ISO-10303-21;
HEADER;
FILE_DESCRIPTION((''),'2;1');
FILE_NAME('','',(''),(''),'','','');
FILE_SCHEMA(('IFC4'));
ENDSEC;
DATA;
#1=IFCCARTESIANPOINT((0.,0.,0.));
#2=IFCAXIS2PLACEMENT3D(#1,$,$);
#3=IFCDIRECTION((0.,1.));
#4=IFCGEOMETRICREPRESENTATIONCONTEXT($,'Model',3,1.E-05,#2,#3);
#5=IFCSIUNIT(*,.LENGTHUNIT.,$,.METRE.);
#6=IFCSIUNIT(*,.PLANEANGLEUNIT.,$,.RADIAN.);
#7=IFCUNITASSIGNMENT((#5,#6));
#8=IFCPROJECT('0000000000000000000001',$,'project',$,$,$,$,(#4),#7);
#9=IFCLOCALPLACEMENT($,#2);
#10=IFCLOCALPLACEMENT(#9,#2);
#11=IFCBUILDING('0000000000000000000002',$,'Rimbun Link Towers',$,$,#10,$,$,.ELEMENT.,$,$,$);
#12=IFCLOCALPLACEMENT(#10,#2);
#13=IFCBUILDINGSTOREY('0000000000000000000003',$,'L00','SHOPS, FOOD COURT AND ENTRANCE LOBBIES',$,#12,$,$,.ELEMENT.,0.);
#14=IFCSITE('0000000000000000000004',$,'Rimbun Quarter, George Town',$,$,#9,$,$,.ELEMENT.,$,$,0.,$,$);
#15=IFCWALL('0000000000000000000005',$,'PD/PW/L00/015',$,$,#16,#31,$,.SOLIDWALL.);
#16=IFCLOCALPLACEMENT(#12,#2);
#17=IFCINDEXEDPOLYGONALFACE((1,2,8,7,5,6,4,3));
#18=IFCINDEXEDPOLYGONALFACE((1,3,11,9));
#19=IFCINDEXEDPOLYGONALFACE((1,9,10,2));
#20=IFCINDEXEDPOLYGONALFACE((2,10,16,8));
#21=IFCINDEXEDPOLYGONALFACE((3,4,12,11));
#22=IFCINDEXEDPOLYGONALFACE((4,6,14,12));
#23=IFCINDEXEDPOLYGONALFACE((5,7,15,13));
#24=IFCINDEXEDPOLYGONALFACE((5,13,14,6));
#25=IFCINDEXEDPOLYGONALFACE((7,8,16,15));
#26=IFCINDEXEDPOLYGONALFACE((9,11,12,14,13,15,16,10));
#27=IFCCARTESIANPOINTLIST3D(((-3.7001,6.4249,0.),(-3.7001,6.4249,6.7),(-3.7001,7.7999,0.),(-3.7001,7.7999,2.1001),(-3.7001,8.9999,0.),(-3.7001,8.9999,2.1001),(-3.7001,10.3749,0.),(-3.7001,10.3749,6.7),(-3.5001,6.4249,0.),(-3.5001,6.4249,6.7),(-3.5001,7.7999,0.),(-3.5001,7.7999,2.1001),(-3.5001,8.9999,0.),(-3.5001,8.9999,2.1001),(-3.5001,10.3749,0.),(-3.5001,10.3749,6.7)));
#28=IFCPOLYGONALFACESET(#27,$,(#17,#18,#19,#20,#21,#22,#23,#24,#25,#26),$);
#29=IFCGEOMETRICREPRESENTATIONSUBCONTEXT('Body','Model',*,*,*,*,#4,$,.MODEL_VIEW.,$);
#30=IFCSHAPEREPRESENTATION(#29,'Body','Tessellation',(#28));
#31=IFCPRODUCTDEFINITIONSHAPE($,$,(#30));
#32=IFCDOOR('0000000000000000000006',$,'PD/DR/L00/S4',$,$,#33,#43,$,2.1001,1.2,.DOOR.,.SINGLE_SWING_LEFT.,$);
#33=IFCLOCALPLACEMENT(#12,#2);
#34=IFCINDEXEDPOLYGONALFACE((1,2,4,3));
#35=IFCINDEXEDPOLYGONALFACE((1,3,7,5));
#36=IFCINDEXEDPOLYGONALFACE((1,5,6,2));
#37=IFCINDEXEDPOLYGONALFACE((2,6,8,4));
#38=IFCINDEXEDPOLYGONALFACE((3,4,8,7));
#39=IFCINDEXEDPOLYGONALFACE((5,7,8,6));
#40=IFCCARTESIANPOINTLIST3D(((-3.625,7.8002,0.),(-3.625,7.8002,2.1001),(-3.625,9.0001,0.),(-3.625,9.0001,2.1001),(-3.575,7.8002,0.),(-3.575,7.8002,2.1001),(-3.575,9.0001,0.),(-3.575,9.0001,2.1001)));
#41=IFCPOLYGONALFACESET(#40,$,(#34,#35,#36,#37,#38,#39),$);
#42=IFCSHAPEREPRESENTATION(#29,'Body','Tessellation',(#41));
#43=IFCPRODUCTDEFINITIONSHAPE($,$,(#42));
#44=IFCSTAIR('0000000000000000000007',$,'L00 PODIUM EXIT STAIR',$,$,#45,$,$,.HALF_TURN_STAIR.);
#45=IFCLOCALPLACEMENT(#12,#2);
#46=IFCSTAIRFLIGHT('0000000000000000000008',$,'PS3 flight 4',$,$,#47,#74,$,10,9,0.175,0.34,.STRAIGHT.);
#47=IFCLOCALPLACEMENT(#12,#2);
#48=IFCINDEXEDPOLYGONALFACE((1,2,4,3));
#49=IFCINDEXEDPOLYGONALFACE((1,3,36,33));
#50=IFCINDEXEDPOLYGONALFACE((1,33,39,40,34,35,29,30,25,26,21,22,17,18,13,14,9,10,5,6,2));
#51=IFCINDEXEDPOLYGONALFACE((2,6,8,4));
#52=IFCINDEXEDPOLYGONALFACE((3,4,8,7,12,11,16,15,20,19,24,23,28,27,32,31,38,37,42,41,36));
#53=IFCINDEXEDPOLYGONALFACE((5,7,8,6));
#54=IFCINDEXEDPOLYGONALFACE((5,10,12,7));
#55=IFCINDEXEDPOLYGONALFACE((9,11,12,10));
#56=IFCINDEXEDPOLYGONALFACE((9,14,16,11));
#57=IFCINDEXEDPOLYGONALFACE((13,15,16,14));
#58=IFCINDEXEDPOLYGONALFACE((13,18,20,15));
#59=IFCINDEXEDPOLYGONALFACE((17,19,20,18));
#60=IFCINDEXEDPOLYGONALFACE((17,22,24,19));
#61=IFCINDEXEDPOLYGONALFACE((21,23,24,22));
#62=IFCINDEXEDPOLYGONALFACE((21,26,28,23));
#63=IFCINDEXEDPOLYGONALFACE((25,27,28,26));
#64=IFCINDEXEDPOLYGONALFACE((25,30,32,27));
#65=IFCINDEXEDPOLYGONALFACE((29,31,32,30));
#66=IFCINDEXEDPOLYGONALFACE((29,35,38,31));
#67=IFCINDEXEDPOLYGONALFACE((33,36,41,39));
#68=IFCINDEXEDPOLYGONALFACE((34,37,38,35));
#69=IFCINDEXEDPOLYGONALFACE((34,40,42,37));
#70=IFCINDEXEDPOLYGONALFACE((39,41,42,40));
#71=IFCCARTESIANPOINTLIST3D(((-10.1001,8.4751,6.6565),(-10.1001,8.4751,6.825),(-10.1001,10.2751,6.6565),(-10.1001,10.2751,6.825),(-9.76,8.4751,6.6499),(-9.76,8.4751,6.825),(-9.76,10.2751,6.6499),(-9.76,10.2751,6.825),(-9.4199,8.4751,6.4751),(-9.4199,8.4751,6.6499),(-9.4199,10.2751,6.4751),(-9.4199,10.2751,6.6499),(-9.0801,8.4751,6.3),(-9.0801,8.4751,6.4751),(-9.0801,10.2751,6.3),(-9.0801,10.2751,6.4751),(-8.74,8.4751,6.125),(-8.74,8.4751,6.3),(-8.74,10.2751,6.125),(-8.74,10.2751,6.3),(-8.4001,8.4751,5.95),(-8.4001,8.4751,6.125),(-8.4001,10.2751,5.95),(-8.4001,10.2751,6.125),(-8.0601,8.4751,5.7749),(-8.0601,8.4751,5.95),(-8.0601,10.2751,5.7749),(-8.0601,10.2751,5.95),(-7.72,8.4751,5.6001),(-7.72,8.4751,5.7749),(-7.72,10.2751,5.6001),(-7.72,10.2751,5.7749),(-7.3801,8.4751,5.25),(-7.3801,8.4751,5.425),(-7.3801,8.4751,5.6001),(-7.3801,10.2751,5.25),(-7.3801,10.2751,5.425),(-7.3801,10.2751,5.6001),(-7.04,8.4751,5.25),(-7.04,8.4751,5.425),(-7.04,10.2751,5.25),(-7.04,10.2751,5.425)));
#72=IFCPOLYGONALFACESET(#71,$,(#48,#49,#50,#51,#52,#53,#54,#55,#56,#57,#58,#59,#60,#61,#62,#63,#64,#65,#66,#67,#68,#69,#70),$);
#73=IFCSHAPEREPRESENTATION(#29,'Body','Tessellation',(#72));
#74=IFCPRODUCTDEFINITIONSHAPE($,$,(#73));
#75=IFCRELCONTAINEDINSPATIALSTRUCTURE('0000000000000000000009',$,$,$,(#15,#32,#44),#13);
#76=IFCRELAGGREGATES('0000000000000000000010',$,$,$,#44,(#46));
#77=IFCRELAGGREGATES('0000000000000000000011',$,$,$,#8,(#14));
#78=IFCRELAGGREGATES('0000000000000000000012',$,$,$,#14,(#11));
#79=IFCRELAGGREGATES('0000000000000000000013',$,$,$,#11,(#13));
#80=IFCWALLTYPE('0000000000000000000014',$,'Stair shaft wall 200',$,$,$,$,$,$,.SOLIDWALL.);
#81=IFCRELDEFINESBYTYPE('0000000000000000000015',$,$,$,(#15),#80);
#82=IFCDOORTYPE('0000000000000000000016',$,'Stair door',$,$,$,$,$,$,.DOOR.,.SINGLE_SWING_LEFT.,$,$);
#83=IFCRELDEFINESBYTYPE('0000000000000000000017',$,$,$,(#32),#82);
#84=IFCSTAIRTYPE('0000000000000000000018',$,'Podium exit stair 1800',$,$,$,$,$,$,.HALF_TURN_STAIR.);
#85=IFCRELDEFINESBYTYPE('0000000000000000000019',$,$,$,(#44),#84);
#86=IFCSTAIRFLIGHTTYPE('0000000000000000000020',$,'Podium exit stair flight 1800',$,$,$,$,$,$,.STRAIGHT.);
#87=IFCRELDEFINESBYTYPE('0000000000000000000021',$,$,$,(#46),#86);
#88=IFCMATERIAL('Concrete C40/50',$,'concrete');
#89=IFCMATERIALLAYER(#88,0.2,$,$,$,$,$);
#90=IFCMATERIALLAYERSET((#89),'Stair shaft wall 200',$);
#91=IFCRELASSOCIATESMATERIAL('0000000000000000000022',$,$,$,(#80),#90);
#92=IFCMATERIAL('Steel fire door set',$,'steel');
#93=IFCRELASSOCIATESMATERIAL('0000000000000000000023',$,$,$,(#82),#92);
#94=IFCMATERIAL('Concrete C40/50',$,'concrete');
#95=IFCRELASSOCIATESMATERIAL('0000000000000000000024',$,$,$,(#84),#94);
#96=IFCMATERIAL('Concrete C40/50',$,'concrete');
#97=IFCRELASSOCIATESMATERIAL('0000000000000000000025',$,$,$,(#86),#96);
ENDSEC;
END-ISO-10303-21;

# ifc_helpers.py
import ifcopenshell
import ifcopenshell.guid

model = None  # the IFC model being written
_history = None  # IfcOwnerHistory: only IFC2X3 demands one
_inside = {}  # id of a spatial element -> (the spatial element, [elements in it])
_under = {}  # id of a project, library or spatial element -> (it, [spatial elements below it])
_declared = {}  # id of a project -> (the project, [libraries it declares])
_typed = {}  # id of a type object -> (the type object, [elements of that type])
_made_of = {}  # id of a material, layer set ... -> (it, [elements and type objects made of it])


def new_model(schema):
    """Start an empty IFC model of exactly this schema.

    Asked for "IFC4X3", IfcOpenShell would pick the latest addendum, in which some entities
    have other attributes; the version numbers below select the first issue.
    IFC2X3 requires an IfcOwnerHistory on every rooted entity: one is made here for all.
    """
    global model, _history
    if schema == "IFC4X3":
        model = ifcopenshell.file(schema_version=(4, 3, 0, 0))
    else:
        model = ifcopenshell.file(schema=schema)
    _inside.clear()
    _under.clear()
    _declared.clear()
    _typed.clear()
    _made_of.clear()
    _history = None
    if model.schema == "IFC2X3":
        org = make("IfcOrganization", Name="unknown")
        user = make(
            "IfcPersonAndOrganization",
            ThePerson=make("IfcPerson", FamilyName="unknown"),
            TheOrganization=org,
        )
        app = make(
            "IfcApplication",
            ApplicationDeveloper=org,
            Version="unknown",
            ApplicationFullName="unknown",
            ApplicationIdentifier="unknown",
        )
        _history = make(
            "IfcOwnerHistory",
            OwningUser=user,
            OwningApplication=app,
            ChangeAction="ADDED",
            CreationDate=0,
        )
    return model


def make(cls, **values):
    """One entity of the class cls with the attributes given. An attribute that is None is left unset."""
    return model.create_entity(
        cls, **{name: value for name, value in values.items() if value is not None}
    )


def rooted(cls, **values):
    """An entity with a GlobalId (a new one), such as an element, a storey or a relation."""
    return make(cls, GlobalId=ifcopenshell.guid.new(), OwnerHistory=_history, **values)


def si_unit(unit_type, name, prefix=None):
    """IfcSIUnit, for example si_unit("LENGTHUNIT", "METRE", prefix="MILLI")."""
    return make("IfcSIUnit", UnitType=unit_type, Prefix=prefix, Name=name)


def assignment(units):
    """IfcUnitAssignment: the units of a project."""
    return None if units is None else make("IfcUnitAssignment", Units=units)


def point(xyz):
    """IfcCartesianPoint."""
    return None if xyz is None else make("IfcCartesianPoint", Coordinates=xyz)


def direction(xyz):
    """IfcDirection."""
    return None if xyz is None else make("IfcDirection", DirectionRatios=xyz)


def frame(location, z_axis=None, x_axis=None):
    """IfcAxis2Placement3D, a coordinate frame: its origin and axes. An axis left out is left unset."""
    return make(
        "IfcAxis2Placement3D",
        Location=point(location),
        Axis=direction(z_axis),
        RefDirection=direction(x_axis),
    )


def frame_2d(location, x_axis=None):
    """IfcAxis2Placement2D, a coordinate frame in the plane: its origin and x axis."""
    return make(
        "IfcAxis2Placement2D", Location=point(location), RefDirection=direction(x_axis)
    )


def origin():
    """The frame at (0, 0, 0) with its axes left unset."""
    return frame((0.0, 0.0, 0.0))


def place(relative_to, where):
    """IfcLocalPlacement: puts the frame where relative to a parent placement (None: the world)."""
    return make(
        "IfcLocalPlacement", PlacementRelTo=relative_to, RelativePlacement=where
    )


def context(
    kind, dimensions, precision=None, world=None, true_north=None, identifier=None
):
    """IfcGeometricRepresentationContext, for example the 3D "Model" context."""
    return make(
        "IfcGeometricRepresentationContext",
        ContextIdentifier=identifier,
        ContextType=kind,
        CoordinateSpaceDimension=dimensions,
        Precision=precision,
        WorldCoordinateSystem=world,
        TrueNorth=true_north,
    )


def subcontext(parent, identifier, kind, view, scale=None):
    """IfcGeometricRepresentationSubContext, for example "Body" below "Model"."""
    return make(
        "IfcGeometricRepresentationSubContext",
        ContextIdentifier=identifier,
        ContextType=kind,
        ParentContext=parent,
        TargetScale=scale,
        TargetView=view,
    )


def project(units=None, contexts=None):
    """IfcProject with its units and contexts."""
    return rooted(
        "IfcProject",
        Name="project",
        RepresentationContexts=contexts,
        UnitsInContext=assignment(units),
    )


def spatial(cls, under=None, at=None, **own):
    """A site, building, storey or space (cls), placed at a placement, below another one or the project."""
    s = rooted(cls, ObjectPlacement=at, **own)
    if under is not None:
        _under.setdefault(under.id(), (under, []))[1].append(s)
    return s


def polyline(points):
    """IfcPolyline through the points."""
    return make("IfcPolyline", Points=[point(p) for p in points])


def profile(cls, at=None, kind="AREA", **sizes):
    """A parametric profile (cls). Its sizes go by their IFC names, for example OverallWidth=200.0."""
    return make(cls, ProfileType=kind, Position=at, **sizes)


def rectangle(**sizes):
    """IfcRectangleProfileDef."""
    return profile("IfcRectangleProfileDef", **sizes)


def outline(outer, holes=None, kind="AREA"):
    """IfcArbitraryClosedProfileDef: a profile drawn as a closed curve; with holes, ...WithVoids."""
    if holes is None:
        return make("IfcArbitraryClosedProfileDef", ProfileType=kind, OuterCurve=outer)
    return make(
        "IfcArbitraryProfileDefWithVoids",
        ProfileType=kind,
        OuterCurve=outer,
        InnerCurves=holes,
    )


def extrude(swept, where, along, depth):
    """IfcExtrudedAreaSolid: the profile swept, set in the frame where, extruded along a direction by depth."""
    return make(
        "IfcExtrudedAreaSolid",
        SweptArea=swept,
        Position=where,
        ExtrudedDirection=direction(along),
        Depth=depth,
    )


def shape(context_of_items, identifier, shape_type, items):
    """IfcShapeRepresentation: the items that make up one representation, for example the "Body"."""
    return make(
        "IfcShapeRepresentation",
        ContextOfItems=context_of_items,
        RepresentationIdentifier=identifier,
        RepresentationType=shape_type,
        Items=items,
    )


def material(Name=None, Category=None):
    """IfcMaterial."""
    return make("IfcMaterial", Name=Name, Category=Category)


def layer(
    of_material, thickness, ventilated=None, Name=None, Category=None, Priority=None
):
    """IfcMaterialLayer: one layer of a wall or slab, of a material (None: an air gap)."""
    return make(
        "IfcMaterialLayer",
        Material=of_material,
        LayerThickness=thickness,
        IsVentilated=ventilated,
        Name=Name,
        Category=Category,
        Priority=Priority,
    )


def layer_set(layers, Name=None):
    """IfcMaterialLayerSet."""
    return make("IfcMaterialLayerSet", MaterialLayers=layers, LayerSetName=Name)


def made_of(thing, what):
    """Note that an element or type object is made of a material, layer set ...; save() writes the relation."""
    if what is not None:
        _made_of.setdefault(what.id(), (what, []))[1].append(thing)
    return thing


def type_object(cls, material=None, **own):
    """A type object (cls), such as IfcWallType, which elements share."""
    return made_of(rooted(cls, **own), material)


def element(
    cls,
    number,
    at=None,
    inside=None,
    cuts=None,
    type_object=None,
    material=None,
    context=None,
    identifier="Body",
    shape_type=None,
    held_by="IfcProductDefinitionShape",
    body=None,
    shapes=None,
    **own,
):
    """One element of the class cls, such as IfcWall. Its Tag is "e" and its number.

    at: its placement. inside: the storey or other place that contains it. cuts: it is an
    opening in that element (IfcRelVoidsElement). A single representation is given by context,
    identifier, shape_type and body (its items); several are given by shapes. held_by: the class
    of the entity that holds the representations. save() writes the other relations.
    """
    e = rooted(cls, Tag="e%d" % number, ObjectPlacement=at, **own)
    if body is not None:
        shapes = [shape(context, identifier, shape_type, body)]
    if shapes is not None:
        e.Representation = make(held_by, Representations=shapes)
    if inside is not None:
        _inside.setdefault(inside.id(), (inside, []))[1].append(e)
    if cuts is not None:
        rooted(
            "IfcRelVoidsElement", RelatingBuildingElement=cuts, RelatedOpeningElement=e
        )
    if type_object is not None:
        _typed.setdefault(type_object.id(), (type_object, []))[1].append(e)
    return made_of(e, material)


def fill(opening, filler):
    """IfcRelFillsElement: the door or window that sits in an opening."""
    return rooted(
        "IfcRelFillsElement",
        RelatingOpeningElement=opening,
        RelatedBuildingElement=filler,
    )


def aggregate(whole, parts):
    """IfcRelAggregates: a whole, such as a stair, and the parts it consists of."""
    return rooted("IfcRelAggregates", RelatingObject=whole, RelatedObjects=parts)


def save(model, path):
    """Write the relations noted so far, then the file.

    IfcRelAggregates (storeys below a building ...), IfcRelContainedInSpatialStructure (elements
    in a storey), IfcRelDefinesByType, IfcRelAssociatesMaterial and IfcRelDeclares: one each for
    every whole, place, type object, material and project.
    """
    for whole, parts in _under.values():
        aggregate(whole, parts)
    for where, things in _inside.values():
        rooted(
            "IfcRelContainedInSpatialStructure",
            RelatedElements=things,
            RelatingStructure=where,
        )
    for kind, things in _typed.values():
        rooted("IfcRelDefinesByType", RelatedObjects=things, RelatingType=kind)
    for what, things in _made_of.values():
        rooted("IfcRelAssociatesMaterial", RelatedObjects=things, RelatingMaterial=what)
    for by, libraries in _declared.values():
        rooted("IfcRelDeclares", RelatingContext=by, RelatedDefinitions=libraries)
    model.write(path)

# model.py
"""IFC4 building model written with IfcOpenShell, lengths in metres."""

from ifc_helpers import new_model, si_unit, direction, frame, frame_2d, origin, place, context, subcontext, project, spatial, polyline, rectangle, outline, extrude, material, layer, layer_set, type_object, element, fill, aggregate, save


model = new_model("IFC4")

# Units and contexts
model_context = context("Model", 3, precision=1e-05, world=origin(), true_north=direction((0.0, 1.0)))
body_context = subcontext(model_context, "Body", "Model", "MODEL_VIEW")
ifc_project = project(units=[si_unit("LENGTHUNIT", "METRE"), si_unit("PLANEANGLEUNIT", "RADIAN")], contexts=[model_context])

# Site, building, storey
site_placement = place(None, origin())
site = spatial("IfcSite", under=ifc_project, at=site_placement, Name="Rimbun Quarter, George Town", CompositionType="ELEMENT", RefElevation=0.0)
building_placement = place(site_placement, origin())
building = spatial("IfcBuilding", under=site, at=building_placement, Name="Rimbun Link Towers", CompositionType="ELEMENT")
storey_placement = place(building_placement, origin())
storey = spatial("IfcBuildingStorey", under=building, at=storey_placement, Name="L00", Description="SHOPS, FOOD COURT AND ENTRANCE LOBBIES", CompositionType="ELEMENT", Elevation=0.0)

# Shared definitions
ifc_material_1 = material(Name="Concrete C40/50", Category="concrete")
ifc_layer_1 = layer(ifc_material_1, 0.2)
ifc_layer_set_1 = layer_set([ifc_layer_1], Name="Stair shaft wall 200")
wall_type_1 = type_object("IfcWallType", Name="Stair shaft wall 200", PredefinedType="SOLIDWALL", material=ifc_layer_set_1)

# Wall, opening, door
wall_1_placement = place(storey_placement, frame((-3.6001, 10.375, 0.0), z_axis=(0.0, 0.0, 1.0), x_axis=(0.0, -1.0, 0.0)))
wall_1 = element("IfcWall", 1, at=wall_1_placement, inside=storey, type_object=wall_type_1, Name="PD/PW/L00/015", PredefinedType="SOLIDWALL", context=body_context, shape_type="SweptSolid", body=[
    extrude(rectangle(XDim=3.95, YDim=0.2, at=frame_2d((1.9751, 0.0))), origin(), (0.0, 0.0, 1.0), 6.7),
])
opening_1_placement = place(wall_1_placement, frame((1.375, 0.0, 0.0)))
opening_1 = element("IfcOpeningElement", 2, at=opening_1_placement, cuts=wall_1, PredefinedType="OPENING", context=body_context, shape_type="SweptSolid", body=[
    extrude(rectangle(XDim=1.2, YDim=2.1001, at=frame_2d((0.6001, 1.05))), frame((0.0, 0.1099, 0.0), z_axis=(0.0, -1.0, 0.0), x_axis=(1.0, 0.0, 0.0)), (0.0, 0.0, 1.0), 0.22),
])
ifc_material_2 = material(Name="Steel fire door set", Category="steel")
door_type_1 = type_object("IfcDoorType", Name="Stair door", OperationType="SINGLE_SWING_LEFT", PredefinedType="DOOR", material=ifc_material_2)
door_1_placement = place(opening_1_placement, frame((1.2, 0.0, 0.0), z_axis=(0.0, 0.0, 1.0), x_axis=(-1.0, 0.0, 0.0)))
door_1 = element("IfcDoor", 3, at=door_1_placement, inside=storey, type_object=door_type_1, Name="PD/DR/L00/S4", OperationType="SINGLE_SWING_LEFT", OverallHeight=2.1001, OverallWidth=1.2, PredefinedType="DOOR", context=body_context, shape_type="SweptSolid", body=[
    extrude(rectangle(XDim=1.2, YDim=2.1001, at=frame_2d((0.6001, 1.05))), frame((0.0, 0.0249, 0.0), z_axis=(0.0, -1.0, 0.0), x_axis=(1.0, 0.0, 0.0)), (0.0, 0.0, 1.0), 0.05),
])
fill(opening_1, door_1)

# Stair, stair flight
ifc_material_3 = material(Name="Concrete C40/50", Category="concrete")
stair_type = type_object("IfcStairType", Name="Podium exit stair 1800", PredefinedType="HALF_TURN_STAIR", material=ifc_material_3)
stair_placement = place(storey_placement, origin())
stair = element("IfcStair", 4, at=stair_placement, inside=storey, type_object=stair_type, Name="L00 PODIUM EXIT STAIR", PredefinedType="HALF_TURN_STAIR")
ifc_material_4 = material(Name="Concrete C40/50", Category="concrete")
stair_flight_type = type_object("IfcStairFlightType", Name="Podium exit stair flight 1800", PredefinedType="STRAIGHT", material=ifc_material_4)
stair_flight_placement = place(storey_placement, frame((-7.04, 9.375, 5.25), z_axis=(0.0, 0.0, 1.0), x_axis=(-1.0, 0.0, 0.0)))
stair_flight = element("IfcStairFlight", 5, at=stair_flight_placement, type_object=stair_flight_type, Name="PS3 flight 4", NumberOfRisers=10, NumberOfTreads=9, PredefinedType="STRAIGHT", RiserHeight=0.175, TreadLength=0.34, context=body_context, shape_type="SweptSolid", body=[
    extrude(outline(polyline([(0.0, 0.0), (0.0, 0.175), (0.3401, 0.175), (0.3401, 0.3501), (0.6799, 0.3501), (0.6799, 0.5249), (1.02, 0.5249), (1.02, 0.7), (1.3601, 0.7), (1.3601, 0.875), (1.7, 0.875), (1.7, 1.05), (2.04, 1.05), (2.04, 1.2251), (2.3799, 1.2251), (2.3799, 1.3999), (2.72, 1.3999), (2.72, 1.575), (3.0601, 1.575), (3.0601, 1.75), (3.0601, 1.4065), (0.3401, 0.0), (0.0, 0.0)])), frame((0.0, 0.8999, 0.0), z_axis=(0.0, -1.0, 0.0), x_axis=(1.0, 0.0, 0.0)), (0.0, 0.0, 1.0), 1.8),
])
aggregate(stair, [stair_flight])

save(model, "model.ifc")
